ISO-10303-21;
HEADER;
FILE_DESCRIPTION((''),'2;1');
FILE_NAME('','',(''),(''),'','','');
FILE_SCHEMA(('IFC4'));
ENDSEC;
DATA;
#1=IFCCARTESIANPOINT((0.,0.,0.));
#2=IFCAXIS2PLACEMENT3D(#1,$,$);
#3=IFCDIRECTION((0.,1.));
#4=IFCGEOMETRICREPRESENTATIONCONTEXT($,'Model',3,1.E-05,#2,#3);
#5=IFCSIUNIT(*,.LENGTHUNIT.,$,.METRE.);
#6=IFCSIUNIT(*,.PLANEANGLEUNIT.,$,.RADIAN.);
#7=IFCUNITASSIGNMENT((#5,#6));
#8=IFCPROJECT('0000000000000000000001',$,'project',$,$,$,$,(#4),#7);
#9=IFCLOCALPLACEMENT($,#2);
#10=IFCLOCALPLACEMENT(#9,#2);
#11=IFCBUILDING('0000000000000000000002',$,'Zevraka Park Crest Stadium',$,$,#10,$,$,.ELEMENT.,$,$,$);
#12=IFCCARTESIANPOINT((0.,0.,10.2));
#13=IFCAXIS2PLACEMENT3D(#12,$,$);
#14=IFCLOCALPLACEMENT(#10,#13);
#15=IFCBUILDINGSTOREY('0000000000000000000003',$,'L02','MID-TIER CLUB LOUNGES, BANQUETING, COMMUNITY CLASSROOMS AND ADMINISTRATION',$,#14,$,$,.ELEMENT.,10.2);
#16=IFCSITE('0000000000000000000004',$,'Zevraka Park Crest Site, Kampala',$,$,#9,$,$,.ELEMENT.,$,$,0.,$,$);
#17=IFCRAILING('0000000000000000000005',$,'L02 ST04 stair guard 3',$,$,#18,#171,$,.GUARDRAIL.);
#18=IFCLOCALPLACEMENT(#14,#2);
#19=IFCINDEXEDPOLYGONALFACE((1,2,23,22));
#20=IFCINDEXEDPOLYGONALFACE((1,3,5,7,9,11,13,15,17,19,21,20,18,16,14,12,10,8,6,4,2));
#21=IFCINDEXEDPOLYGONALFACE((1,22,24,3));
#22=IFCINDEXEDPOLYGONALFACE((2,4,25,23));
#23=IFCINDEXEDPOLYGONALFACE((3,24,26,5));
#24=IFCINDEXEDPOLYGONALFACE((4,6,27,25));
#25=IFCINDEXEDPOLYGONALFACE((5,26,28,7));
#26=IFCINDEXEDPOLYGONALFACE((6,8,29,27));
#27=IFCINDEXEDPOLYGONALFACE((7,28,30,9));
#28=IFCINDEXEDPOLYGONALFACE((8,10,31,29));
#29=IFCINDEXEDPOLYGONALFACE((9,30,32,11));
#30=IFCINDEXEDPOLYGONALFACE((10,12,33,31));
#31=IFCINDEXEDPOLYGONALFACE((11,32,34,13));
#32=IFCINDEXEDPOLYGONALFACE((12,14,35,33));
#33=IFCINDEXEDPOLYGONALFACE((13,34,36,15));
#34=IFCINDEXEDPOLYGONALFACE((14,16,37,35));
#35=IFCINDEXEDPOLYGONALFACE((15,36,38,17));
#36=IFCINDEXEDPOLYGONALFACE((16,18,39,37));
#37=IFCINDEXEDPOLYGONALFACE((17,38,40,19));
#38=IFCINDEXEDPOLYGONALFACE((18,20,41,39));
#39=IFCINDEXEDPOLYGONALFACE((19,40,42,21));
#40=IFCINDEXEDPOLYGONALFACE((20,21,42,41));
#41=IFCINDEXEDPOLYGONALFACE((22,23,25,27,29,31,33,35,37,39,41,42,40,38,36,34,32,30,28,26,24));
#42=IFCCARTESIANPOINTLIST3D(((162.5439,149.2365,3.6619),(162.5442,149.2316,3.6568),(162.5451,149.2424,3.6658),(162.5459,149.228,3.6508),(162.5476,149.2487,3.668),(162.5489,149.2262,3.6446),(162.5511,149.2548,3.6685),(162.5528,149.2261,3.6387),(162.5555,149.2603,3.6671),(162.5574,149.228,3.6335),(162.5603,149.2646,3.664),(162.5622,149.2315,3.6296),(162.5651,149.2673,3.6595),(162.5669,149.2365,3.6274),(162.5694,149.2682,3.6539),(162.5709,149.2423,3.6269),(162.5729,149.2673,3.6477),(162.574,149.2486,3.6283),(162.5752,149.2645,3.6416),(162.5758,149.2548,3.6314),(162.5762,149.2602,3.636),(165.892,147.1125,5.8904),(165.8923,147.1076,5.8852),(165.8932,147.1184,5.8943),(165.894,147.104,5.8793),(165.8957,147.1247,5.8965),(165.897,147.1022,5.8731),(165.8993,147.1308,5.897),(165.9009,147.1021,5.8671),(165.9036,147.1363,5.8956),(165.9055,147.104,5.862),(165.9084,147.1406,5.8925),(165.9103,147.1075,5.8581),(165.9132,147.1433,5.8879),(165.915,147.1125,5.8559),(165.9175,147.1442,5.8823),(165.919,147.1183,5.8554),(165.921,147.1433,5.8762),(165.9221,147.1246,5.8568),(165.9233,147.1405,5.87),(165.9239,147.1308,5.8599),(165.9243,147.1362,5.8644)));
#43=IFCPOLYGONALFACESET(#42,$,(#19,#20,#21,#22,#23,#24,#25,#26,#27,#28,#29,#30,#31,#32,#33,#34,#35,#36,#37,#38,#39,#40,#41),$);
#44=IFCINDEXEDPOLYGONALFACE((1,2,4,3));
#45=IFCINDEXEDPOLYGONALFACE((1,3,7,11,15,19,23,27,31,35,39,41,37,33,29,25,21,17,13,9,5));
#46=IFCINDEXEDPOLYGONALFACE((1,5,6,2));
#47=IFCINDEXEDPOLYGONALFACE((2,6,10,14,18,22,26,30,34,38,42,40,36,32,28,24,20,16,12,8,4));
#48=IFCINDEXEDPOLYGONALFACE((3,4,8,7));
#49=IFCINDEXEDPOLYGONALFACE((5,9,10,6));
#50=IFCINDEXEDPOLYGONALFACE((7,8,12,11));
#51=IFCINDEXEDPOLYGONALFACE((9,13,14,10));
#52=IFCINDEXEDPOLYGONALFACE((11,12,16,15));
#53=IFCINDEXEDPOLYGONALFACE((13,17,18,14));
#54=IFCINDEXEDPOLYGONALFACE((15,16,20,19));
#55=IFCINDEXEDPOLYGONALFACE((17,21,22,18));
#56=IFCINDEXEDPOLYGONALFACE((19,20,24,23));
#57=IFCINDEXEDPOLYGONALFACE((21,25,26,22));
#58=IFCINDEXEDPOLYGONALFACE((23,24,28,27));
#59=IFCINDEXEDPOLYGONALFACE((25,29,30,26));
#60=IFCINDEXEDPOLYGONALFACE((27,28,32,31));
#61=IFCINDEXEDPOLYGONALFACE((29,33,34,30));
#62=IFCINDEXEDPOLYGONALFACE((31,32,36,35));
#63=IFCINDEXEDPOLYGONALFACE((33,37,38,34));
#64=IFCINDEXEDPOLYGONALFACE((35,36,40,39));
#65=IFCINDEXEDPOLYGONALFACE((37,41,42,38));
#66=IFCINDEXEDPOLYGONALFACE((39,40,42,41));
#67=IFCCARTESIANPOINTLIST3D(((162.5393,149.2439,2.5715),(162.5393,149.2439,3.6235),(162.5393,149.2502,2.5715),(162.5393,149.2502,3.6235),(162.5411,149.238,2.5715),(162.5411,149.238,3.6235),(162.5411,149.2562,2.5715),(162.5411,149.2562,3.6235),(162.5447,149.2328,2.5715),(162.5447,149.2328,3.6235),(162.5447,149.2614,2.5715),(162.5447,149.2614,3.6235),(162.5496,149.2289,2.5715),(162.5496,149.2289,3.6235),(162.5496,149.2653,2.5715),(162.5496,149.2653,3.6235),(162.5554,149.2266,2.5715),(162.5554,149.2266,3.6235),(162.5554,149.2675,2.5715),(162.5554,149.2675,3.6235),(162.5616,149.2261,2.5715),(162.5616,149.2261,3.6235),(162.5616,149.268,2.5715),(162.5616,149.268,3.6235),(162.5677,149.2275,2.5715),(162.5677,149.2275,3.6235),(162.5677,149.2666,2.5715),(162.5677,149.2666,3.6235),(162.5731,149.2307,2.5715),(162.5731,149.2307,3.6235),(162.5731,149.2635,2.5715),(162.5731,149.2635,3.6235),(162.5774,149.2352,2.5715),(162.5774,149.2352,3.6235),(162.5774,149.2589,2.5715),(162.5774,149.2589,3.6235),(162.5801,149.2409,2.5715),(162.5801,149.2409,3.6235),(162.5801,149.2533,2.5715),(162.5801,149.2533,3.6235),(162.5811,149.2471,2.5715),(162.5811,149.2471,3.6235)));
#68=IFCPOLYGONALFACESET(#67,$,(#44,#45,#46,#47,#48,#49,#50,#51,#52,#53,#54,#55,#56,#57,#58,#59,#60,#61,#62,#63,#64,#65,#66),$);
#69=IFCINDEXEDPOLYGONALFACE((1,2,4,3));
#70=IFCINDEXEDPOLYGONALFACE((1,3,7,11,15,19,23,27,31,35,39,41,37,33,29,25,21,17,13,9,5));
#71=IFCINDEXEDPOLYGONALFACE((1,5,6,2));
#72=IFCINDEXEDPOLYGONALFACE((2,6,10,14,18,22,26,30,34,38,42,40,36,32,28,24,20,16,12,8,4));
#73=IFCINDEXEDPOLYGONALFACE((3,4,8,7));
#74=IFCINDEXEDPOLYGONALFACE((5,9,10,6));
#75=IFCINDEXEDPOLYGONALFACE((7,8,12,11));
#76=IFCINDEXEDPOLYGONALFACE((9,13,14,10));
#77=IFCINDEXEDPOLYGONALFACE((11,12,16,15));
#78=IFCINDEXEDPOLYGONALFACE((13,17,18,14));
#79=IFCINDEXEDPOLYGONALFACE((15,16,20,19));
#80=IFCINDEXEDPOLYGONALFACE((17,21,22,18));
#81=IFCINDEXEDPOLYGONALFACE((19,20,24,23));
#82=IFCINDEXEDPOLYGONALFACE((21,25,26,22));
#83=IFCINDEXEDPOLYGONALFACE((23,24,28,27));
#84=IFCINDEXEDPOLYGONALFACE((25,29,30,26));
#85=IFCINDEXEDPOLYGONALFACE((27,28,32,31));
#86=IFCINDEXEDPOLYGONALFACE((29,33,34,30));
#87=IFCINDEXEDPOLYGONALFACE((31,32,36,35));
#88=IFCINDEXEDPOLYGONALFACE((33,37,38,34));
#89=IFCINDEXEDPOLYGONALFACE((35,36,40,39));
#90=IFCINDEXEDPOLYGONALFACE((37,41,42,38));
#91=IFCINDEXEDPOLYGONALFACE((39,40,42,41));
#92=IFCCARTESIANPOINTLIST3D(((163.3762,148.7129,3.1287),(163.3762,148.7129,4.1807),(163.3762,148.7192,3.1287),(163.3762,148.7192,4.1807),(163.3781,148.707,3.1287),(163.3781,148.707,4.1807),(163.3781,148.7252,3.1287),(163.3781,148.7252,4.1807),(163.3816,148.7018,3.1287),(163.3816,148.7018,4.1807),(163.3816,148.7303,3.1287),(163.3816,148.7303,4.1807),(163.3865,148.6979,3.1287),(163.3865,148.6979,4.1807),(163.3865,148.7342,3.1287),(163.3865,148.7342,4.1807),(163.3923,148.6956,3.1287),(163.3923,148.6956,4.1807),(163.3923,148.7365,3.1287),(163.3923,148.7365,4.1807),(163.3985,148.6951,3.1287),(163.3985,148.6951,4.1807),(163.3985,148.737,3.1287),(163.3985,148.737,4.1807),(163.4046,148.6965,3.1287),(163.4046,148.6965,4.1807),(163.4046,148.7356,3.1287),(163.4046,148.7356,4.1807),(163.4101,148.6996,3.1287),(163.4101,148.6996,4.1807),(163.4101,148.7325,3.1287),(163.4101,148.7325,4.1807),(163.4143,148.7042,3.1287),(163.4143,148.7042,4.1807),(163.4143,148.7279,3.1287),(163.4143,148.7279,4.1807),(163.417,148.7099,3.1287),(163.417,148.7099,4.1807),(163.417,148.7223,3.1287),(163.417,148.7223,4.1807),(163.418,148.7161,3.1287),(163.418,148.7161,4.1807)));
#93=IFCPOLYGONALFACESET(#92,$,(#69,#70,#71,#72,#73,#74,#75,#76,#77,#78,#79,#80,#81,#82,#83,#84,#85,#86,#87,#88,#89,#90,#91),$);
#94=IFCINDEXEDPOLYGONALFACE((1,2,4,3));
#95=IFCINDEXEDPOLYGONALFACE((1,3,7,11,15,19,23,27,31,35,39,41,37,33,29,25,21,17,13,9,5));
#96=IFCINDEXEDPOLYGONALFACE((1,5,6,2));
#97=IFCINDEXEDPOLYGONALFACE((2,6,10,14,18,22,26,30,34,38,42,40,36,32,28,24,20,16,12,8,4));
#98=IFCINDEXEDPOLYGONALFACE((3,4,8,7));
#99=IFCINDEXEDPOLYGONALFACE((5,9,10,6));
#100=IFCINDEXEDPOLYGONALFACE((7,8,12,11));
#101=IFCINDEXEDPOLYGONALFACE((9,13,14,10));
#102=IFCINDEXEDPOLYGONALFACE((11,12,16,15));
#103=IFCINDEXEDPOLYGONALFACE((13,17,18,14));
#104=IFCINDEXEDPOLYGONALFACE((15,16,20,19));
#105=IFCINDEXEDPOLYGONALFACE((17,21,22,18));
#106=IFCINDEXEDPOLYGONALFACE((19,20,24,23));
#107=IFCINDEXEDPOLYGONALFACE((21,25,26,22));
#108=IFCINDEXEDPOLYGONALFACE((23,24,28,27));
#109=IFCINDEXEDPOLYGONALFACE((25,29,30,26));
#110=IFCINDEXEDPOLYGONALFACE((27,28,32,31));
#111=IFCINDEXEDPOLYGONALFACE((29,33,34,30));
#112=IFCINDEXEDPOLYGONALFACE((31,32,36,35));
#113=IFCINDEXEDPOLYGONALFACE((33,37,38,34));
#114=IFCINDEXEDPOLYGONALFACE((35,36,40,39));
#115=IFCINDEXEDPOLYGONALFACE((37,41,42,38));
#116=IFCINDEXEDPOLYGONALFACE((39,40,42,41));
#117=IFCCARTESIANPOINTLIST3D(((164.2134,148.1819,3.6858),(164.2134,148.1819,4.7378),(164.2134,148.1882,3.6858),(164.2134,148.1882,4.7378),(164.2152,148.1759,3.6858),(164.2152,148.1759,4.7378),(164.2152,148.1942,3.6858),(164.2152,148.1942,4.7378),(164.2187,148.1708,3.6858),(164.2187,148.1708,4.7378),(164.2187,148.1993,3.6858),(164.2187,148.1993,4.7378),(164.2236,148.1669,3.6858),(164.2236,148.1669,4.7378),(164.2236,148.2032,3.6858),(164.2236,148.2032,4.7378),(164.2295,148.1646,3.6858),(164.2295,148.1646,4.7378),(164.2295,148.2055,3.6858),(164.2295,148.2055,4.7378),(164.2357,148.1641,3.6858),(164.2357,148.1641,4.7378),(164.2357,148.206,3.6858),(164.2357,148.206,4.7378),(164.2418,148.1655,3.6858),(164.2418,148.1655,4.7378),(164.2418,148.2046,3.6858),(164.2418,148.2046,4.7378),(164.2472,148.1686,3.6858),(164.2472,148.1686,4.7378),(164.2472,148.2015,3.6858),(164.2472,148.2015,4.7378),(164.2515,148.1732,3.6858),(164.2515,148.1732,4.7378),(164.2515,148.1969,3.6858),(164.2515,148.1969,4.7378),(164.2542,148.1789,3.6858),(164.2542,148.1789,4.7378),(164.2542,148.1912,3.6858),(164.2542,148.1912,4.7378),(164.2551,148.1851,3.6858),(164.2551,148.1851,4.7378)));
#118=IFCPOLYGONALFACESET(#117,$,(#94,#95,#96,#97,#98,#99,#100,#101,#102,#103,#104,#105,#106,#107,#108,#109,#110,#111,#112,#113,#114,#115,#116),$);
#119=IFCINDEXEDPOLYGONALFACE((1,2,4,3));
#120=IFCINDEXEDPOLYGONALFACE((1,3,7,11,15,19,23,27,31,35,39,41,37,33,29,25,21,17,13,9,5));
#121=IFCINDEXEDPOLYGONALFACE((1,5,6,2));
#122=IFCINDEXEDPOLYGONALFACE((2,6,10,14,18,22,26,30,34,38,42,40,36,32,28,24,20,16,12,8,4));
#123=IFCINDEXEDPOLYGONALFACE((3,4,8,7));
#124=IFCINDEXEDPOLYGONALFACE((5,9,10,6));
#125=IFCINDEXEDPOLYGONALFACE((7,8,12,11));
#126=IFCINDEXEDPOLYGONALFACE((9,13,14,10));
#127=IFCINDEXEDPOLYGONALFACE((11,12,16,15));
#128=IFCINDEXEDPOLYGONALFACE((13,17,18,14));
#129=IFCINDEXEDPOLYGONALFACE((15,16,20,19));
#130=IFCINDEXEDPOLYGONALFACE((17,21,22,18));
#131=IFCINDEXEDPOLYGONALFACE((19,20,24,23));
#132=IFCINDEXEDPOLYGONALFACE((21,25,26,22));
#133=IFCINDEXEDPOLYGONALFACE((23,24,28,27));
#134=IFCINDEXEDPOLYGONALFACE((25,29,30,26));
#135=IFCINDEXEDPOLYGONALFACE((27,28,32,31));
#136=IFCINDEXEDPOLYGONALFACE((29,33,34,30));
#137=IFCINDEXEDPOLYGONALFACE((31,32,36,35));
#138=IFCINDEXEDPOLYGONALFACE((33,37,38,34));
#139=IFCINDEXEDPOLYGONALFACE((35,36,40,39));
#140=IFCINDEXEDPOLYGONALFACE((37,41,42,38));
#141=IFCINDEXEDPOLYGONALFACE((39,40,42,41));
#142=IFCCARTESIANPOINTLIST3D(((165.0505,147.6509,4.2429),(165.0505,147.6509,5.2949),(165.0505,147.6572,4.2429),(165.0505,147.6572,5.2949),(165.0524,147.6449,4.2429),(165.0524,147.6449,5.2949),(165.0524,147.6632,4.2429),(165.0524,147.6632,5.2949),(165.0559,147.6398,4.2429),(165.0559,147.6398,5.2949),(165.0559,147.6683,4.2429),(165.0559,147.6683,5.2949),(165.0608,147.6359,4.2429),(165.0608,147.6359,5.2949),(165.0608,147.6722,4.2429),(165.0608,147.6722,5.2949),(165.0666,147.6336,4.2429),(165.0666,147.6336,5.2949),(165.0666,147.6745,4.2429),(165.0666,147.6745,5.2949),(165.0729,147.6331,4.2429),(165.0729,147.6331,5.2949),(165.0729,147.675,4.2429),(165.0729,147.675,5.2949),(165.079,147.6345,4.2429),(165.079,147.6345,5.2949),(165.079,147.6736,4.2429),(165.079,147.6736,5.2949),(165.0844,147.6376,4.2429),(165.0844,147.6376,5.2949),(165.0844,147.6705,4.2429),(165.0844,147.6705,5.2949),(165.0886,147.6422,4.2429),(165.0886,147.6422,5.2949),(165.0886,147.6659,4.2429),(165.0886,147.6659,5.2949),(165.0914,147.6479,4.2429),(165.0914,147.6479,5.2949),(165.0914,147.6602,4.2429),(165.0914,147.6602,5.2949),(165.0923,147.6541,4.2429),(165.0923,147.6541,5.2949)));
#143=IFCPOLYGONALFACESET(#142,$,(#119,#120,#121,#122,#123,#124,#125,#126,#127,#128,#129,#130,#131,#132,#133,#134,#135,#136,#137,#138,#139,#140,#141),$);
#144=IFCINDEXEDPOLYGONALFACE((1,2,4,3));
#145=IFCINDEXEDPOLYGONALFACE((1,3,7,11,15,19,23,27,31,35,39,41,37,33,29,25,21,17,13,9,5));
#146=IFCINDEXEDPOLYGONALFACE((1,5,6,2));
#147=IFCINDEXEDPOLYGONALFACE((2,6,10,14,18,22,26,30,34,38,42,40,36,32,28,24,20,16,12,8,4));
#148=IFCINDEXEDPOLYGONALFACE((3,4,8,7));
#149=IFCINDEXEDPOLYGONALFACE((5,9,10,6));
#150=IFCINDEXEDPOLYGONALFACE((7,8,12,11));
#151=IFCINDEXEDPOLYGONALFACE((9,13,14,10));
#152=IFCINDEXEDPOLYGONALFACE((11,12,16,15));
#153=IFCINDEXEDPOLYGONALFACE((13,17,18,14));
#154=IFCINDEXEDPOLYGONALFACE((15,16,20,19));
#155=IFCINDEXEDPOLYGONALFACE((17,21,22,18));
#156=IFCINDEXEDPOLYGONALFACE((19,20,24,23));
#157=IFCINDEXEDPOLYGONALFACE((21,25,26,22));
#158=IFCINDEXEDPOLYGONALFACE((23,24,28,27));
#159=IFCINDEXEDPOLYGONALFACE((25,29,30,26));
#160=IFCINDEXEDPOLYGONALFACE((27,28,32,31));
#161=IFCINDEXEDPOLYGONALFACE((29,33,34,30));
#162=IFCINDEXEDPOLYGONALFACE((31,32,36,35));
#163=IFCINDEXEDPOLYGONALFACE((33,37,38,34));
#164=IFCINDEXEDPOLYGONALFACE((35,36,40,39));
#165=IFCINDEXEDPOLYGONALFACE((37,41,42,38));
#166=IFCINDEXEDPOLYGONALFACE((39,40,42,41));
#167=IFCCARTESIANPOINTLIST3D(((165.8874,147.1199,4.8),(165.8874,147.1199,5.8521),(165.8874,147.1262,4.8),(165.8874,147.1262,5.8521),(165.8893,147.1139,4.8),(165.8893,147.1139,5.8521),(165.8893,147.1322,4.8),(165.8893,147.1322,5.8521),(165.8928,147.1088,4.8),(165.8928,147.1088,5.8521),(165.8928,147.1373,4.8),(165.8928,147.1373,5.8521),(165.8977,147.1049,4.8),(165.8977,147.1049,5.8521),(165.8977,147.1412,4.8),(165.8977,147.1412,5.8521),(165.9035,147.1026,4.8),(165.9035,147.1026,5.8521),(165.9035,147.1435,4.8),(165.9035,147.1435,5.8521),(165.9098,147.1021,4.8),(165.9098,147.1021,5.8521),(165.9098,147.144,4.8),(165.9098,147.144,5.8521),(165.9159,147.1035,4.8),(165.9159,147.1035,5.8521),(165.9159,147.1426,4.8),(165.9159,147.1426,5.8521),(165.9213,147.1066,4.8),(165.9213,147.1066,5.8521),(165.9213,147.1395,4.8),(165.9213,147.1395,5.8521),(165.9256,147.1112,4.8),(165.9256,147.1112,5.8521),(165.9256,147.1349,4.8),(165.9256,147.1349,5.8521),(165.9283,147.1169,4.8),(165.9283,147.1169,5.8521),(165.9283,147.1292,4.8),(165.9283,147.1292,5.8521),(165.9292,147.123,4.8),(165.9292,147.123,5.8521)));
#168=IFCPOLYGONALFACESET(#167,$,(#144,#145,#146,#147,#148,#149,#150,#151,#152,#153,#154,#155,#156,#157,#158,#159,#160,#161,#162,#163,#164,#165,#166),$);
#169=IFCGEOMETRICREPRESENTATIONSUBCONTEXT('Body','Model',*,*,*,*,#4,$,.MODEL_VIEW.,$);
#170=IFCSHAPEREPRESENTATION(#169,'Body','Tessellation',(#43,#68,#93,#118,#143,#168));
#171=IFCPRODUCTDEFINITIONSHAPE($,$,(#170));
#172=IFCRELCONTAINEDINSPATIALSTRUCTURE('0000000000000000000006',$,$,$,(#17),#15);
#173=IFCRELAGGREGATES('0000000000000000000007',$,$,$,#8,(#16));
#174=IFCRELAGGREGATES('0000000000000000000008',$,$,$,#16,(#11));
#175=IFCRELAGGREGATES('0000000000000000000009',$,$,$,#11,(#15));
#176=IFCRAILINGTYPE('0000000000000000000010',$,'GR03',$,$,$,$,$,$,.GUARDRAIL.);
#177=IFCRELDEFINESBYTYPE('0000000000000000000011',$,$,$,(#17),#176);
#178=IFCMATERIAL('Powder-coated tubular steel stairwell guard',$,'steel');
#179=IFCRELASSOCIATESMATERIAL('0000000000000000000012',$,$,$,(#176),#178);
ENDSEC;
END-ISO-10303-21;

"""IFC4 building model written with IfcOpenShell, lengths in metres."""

from ifc_helpers import new_model, si_unit, direction, frame, origin, origin_2d, place, context, subcontext, project, spatial, circle, extrude, material, type_object, element, save


model = new_model("IFC4")

# Units and contexts
model_context = context("Model", 3, precision=1e-05, world=origin(), true_north=direction((0.0, 1.0)))
body_context = subcontext(model_context, "Body", "Model", "MODEL_VIEW")
ifc_project = project(units=[si_unit("LENGTHUNIT", "METRE"), si_unit("PLANEANGLEUNIT", "RADIAN")], contexts=[model_context])

# Site, building, storey
site_placement = place(None, origin())
site = spatial("IfcSite", under=ifc_project, at=site_placement, Name="Zevraka Park Crest Site, Kampala", CompositionType="ELEMENT", RefElevation=0.0)
building_placement = place(site_placement, origin())
building = spatial("IfcBuilding", under=site, at=building_placement, Name="Zevraka Park Crest Stadium", CompositionType="ELEMENT")
storey_placement = place(building_placement, frame((0.0, 0.0, 10.2)))
storey = spatial("IfcBuildingStorey", under=building, at=storey_placement, Name="L02", Description="MID-TIER CLUB LOUNGES, BANQUETING, COMMUNITY CLASSROOMS AND ADMINISTRATION", CompositionType="ELEMENT", Elevation=10.2)

# Railing
ifc_material_1 = material(Name="Powder-coated tubular steel stairwell guard", Category="steel")
railing_type_1 = type_object("IfcRailingType", Name="GR03", PredefinedType="GUARDRAIL", material=ifc_material_1)
railing_1_placement = place(storey_placement, frame((162.5601, 149.2471, 2.5715)))
element("IfcRailing", 1, at=railing_1_placement, inside=storey, type_object=railing_type_1, Name="L02 ST04 stair guard 3", PredefinedType="GUARDRAIL", context=body_context, shape_type="SweptSolid", body=[
    extrude(circle(Radius=0.0239, at=origin_2d()), frame((0.0, 0.0, 1.0762), z_axis=(0.736117, -0.466984, 0.489957), x_axis=(0.535688, 0.844416, 0.0)), (0.0, 0.0, 1.0), 4.5483),
    extrude(circle(Radius=0.021, at=origin_2d()), origin(), (0.0, 0.0, 1.0), 1.052),
    extrude(circle(Radius=0.021, at=origin_2d()), frame((0.8369, -0.531, 0.5571)), (0.0, 0.0, 1.0), 1.052),
    extrude(circle(Radius=0.021, at=origin_2d()), frame((1.6741, -1.062, 1.1143)), (0.0, 0.0, 1.0), 1.052),
    extrude(circle(Radius=0.021, at=origin_2d()), frame((2.5112, -1.593, 1.6714)), (0.0, 0.0, 1.0), 1.052),
    extrude(circle(Radius=0.021, at=origin_2d()), frame((3.3481, -2.124, 2.2285)), (0.0, 0.0, 1.0), 1.052),
])

save(model, "model.ifc")
